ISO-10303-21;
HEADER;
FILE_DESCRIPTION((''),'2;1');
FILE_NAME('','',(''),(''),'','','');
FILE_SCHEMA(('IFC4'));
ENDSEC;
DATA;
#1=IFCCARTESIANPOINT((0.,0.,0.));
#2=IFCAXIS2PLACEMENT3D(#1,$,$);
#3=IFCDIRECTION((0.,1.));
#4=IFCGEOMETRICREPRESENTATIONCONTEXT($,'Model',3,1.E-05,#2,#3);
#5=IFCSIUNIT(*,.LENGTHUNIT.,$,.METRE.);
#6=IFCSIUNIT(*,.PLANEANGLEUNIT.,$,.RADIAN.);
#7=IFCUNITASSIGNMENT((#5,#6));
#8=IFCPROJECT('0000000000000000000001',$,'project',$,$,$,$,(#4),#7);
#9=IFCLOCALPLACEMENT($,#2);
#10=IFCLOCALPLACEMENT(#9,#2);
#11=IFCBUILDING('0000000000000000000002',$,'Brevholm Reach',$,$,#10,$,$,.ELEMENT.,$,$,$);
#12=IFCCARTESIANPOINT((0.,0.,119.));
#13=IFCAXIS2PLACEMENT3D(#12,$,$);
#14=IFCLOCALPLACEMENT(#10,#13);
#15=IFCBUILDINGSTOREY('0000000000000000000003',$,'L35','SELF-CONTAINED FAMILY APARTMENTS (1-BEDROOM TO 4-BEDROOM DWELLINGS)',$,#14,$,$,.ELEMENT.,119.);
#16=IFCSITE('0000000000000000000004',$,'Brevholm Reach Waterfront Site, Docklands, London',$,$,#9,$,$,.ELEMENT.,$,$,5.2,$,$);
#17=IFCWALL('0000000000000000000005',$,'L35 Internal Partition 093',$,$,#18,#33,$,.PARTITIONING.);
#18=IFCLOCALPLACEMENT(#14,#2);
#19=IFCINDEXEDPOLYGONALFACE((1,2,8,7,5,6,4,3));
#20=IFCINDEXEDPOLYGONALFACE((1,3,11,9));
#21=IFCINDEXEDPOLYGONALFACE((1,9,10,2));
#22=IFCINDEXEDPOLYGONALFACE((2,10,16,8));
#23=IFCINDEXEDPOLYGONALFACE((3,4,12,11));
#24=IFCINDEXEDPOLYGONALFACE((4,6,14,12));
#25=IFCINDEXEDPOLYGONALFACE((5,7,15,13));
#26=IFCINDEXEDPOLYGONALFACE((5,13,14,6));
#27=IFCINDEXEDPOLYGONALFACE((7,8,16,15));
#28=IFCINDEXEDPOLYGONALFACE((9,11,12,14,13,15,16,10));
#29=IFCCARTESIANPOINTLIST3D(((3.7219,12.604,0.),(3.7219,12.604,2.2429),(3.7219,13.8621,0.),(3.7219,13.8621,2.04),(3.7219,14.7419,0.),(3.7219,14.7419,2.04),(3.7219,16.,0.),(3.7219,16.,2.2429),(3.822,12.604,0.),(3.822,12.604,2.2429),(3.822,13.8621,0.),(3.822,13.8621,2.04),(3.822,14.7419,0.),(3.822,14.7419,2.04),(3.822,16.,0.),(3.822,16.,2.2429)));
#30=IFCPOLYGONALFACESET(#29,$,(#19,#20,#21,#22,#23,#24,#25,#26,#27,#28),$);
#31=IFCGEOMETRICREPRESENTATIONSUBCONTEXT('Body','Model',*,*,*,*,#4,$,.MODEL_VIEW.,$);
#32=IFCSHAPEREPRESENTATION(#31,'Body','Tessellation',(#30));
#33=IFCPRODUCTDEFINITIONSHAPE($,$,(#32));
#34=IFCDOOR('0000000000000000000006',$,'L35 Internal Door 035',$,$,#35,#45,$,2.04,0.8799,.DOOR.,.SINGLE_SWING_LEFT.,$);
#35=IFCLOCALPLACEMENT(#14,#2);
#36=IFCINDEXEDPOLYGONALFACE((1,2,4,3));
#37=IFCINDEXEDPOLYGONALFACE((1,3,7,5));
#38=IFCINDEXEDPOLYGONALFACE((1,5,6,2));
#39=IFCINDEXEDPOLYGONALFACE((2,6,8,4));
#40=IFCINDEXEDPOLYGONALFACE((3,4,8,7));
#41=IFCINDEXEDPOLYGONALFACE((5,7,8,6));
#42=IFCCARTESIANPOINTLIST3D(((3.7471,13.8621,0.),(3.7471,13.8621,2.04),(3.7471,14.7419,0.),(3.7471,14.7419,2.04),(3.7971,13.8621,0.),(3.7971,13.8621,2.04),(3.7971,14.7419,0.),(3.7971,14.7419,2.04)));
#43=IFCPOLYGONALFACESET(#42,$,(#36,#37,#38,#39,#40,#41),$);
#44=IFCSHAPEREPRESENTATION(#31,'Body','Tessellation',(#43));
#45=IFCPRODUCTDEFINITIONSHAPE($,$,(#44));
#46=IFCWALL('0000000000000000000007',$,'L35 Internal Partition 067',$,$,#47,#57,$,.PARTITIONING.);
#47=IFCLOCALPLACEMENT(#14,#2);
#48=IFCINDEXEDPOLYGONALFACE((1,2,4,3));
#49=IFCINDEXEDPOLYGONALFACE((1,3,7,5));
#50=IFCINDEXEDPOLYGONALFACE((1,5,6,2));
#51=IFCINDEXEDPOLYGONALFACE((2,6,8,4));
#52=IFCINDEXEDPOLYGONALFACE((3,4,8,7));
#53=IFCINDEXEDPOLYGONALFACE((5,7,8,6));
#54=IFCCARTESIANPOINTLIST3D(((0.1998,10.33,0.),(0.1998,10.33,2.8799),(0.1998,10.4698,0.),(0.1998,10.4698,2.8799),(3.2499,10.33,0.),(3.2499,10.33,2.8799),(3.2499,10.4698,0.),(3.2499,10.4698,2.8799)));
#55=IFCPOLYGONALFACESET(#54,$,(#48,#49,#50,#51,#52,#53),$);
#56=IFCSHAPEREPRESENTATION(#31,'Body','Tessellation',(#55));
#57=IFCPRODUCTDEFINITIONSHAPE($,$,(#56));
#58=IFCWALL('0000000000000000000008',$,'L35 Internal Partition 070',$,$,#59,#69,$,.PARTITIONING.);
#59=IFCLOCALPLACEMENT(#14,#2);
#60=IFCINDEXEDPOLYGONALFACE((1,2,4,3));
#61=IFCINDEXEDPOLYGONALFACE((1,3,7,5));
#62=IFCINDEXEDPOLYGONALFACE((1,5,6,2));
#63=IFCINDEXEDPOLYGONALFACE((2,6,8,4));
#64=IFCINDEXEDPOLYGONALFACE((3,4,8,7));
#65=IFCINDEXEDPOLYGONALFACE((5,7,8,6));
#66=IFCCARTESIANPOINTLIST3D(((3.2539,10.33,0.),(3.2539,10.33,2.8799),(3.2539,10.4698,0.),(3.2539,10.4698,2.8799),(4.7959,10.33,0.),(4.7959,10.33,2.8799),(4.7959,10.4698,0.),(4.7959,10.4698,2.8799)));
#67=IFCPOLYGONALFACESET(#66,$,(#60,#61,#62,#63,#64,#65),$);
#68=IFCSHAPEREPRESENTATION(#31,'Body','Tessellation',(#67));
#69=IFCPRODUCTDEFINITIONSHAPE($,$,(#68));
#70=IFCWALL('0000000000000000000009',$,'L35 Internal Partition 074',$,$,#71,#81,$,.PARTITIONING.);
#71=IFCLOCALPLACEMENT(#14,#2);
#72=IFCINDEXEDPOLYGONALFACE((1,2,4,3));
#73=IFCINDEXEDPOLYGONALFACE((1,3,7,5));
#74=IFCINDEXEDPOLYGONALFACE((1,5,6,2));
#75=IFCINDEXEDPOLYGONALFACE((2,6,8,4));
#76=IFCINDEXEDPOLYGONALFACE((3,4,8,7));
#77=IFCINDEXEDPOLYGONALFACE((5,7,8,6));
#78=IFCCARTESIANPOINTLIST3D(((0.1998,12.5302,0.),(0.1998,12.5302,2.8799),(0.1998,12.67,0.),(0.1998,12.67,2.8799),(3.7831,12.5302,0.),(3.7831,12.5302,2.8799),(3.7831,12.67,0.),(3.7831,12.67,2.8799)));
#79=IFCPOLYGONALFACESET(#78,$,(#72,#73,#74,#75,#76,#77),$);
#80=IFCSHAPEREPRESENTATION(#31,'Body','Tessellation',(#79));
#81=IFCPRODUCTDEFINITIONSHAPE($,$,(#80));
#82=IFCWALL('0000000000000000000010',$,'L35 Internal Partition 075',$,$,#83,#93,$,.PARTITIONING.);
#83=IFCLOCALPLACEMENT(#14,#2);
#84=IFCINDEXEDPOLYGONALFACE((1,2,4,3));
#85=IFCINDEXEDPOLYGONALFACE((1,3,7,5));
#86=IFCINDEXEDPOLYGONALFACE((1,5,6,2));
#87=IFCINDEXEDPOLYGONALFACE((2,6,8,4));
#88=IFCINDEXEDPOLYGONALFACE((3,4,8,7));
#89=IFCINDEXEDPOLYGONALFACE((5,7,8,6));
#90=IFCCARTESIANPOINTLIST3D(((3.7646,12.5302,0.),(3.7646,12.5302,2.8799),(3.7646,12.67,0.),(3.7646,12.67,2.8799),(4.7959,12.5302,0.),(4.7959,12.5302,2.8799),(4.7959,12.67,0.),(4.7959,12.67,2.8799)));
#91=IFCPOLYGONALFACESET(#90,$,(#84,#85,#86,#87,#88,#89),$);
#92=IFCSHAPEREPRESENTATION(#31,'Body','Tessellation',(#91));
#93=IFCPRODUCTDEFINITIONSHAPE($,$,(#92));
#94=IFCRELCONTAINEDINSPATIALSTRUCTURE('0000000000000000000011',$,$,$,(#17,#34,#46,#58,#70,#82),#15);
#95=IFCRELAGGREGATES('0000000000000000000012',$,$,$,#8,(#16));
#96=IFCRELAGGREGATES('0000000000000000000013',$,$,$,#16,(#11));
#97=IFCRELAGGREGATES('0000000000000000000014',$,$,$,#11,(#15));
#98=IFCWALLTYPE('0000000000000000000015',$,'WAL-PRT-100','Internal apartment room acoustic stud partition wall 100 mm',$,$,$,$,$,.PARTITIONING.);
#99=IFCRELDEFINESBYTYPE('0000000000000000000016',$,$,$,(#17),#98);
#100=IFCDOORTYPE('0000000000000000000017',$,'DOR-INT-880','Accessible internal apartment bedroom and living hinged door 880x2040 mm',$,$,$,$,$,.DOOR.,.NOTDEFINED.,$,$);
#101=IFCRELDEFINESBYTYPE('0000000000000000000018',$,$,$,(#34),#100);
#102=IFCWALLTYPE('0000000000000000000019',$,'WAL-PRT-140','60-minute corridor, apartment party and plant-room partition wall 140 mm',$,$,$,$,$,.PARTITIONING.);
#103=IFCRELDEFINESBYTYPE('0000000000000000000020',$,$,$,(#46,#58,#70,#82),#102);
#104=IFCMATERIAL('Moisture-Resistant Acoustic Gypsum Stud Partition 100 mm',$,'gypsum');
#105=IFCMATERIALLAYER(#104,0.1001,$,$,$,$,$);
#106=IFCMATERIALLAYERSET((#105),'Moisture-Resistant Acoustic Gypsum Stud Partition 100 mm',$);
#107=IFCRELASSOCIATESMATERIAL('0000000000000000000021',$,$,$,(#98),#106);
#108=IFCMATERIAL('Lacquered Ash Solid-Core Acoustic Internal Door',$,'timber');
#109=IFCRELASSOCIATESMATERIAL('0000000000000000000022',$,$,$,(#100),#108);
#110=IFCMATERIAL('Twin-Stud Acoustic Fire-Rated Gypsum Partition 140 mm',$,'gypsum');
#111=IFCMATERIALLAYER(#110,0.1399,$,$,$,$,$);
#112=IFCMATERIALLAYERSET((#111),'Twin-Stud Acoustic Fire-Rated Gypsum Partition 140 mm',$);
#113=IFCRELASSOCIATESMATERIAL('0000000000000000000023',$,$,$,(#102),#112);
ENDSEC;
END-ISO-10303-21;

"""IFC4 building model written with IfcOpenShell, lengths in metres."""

from ifc_helpers import new_model, si_unit, direction, frame, frame_2d, origin, place, context, subcontext, project, spatial, rectangle, extrude, material, layer, layer_set, type_object, element, fill, save


model = new_model("IFC4")

# Units and contexts
model_context = context("Model", 3, precision=1e-05, world=origin(), true_north=direction((0.0, 1.0)))
body_context = subcontext(model_context, "Body", "Model", "MODEL_VIEW")
ifc_project = project(units=[si_unit("LENGTHUNIT", "METRE"), si_unit("PLANEANGLEUNIT", "RADIAN")], contexts=[model_context])

# Site, building, storey
site_placement = place(None, origin())
site = spatial("IfcSite", under=ifc_project, at=site_placement, Name="Brevholm Reach Waterfront Site, Docklands, London", CompositionType="ELEMENT", RefElevation=5.2)
building_placement = place(site_placement, origin())
building = spatial("IfcBuilding", under=site, at=building_placement, Name="Brevholm Reach", CompositionType="ELEMENT")
storey_placement = place(building_placement, frame((0.0, 0.0, 119.0)))
storey = spatial("IfcBuildingStorey", under=building, at=storey_placement, Name="L35", Description="SELF-CONTAINED FAMILY APARTMENTS (1-BEDROOM TO 4-BEDROOM DWELLINGS)", CompositionType="ELEMENT", Elevation=119.0)

# Wall, opening, door
ifc_material_1 = material(Name="Moisture-Resistant Acoustic Gypsum Stud Partition 100 mm", Category="gypsum")
ifc_layer_1 = layer(ifc_material_1, 0.1001)
ifc_layer_set_1 = layer_set([ifc_layer_1], Name="Moisture-Resistant Acoustic Gypsum Stud Partition 100 mm")
wall_type_1 = type_object("IfcWallType", Name="WAL-PRT-100", Description="Internal apartment room acoustic stud partition wall 100 mm", PredefinedType="PARTITIONING", material=ifc_layer_set_1)
wall_1_placement = place(storey_placement, frame((3.772, 12.604, 0.0), z_axis=(0.0, 0.0, 1.0), x_axis=(0.0, 1.0, 0.0)))
wall_1 = element("IfcWall", 1, at=wall_1_placement, inside=storey, type_object=wall_type_1, Name="L35 Internal Partition 093", PredefinedType="PARTITIONING", context=body_context, shape_type="SweptSolid", body=[
    extrude(rectangle(XDim=3.396, YDim=0.1001, at=frame_2d((1.698, 0.0))), origin(), (0.0, 0.0, 1.0), 2.2429),
])
opening_1_placement = place(wall_1_placement, frame((1.2581, 0.0, 0.0)))
opening_1 = element("IfcOpeningElement", 2, at=opening_1_placement, cuts=wall_1, PredefinedType="OPENING", context=body_context, shape_type="SweptSolid", body=[
    extrude(rectangle(XDim=0.8799, YDim=2.04, at=frame_2d((0.4399, 1.02))), frame((0.0, 0.0601, 0.0), z_axis=(0.0, -1.0, 0.0), x_axis=(1.0, 0.0, 0.0)), (0.0, 0.0, 1.0), 0.1201),
])
ifc_material_2 = material(Name="Lacquered Ash Solid-Core Acoustic Internal Door", Category="timber")
door_type = type_object("IfcDoorType", Name="DOR-INT-880", Description="Accessible internal apartment bedroom and living hinged door 880x2040 mm", OperationType="NOTDEFINED", PredefinedType="DOOR", material=ifc_material_2)
door_placement = place(opening_1_placement, origin())
door = element("IfcDoor", 3, at=door_placement, inside=storey, type_object=door_type, Name="L35 Internal Door 035", OperationType="SINGLE_SWING_LEFT", OverallHeight=2.04, OverallWidth=0.8799, PredefinedType="DOOR", context=body_context, shape_type="SweptSolid", body=[
    extrude(rectangle(XDim=0.8799, YDim=2.04, at=frame_2d((0.4399, 1.02))), frame((0.0, 0.0249, 0.0), z_axis=(0.0, -1.0, 0.0), x_axis=(1.0, 0.0, 0.0)), (0.0, 0.0, 1.0), 0.05),
])
fill(opening_1, door)

# Walls
ifc_material_3 = material(Name="Twin-Stud Acoustic Fire-Rated Gypsum Partition 140 mm", Category="gypsum")
ifc_layer_2 = layer(ifc_material_3, 0.1399)
ifc_layer_set_2 = layer_set([ifc_layer_2], Name="Twin-Stud Acoustic Fire-Rated Gypsum Partition 140 mm")
wall_type_2 = type_object("IfcWallType", Name="WAL-PRT-140", Description="60-minute corridor, apartment party and plant-room partition wall 140 mm", PredefinedType="PARTITIONING", material=ifc_layer_set_2)
wall_2_placement = place(storey_placement, frame((0.2, 10.3999, 0.0), z_axis=(0.0, 0.0, 1.0), x_axis=(1.0, 0.0, 0.0)))
element("IfcWall", 4, at=wall_2_placement, inside=storey, type_object=wall_type_2, Name="L35 Internal Partition 067", PredefinedType="PARTITIONING", context=body_context, shape_type="SweptSolid", body=[
    extrude(rectangle(XDim=3.05, YDim=0.1399, at=frame_2d((1.5249, 0.0))), origin(), (0.0, 0.0, 1.0), 2.8799),
])
wall_3_placement = place(storey_placement, frame((3.2539, 10.3999, 0.0), z_axis=(0.0, 0.0, 1.0), x_axis=(1.0, 0.0, 0.0)))
element("IfcWall", 5, at=wall_3_placement, inside=storey, type_object=wall_type_2, Name="L35 Internal Partition 070", PredefinedType="PARTITIONING", context=body_context, shape_type="SweptSolid", body=[
    extrude(rectangle(XDim=1.542, YDim=0.1399, at=frame_2d((0.771, 0.0))), origin(), (0.0, 0.0, 1.0), 2.8799),
])
wall_4_placement = place(storey_placement, frame((0.2, 12.6001, 0.0), z_axis=(0.0, 0.0, 1.0), x_axis=(1.0, 0.0, 0.0)))
element("IfcWall", 6, at=wall_4_placement, inside=storey, type_object=wall_type_2, Name="L35 Internal Partition 074", PredefinedType="PARTITIONING", context=body_context, shape_type="SweptSolid", body=[
    extrude(rectangle(XDim=3.5833, YDim=0.1399, at=frame_2d((1.7915, 0.0))), origin(), (0.0, 0.0, 1.0), 2.8799),
])
wall_5_placement = place(storey_placement, frame((3.7646, 12.6001, 0.0), z_axis=(0.0, 0.0, 1.0), x_axis=(1.0, 0.0, 0.0)))
element("IfcWall", 7, at=wall_5_placement, inside=storey, type_object=wall_type_2, Name="L35 Internal Partition 075", PredefinedType="PARTITIONING", context=body_context, shape_type="SweptSolid", body=[
    extrude(rectangle(XDim=1.0312, YDim=0.1399, at=frame_2d((0.5156, 0.0))), origin(), (0.0, 0.0, 1.0), 2.8799),
])

save(model, "model.ifc")
